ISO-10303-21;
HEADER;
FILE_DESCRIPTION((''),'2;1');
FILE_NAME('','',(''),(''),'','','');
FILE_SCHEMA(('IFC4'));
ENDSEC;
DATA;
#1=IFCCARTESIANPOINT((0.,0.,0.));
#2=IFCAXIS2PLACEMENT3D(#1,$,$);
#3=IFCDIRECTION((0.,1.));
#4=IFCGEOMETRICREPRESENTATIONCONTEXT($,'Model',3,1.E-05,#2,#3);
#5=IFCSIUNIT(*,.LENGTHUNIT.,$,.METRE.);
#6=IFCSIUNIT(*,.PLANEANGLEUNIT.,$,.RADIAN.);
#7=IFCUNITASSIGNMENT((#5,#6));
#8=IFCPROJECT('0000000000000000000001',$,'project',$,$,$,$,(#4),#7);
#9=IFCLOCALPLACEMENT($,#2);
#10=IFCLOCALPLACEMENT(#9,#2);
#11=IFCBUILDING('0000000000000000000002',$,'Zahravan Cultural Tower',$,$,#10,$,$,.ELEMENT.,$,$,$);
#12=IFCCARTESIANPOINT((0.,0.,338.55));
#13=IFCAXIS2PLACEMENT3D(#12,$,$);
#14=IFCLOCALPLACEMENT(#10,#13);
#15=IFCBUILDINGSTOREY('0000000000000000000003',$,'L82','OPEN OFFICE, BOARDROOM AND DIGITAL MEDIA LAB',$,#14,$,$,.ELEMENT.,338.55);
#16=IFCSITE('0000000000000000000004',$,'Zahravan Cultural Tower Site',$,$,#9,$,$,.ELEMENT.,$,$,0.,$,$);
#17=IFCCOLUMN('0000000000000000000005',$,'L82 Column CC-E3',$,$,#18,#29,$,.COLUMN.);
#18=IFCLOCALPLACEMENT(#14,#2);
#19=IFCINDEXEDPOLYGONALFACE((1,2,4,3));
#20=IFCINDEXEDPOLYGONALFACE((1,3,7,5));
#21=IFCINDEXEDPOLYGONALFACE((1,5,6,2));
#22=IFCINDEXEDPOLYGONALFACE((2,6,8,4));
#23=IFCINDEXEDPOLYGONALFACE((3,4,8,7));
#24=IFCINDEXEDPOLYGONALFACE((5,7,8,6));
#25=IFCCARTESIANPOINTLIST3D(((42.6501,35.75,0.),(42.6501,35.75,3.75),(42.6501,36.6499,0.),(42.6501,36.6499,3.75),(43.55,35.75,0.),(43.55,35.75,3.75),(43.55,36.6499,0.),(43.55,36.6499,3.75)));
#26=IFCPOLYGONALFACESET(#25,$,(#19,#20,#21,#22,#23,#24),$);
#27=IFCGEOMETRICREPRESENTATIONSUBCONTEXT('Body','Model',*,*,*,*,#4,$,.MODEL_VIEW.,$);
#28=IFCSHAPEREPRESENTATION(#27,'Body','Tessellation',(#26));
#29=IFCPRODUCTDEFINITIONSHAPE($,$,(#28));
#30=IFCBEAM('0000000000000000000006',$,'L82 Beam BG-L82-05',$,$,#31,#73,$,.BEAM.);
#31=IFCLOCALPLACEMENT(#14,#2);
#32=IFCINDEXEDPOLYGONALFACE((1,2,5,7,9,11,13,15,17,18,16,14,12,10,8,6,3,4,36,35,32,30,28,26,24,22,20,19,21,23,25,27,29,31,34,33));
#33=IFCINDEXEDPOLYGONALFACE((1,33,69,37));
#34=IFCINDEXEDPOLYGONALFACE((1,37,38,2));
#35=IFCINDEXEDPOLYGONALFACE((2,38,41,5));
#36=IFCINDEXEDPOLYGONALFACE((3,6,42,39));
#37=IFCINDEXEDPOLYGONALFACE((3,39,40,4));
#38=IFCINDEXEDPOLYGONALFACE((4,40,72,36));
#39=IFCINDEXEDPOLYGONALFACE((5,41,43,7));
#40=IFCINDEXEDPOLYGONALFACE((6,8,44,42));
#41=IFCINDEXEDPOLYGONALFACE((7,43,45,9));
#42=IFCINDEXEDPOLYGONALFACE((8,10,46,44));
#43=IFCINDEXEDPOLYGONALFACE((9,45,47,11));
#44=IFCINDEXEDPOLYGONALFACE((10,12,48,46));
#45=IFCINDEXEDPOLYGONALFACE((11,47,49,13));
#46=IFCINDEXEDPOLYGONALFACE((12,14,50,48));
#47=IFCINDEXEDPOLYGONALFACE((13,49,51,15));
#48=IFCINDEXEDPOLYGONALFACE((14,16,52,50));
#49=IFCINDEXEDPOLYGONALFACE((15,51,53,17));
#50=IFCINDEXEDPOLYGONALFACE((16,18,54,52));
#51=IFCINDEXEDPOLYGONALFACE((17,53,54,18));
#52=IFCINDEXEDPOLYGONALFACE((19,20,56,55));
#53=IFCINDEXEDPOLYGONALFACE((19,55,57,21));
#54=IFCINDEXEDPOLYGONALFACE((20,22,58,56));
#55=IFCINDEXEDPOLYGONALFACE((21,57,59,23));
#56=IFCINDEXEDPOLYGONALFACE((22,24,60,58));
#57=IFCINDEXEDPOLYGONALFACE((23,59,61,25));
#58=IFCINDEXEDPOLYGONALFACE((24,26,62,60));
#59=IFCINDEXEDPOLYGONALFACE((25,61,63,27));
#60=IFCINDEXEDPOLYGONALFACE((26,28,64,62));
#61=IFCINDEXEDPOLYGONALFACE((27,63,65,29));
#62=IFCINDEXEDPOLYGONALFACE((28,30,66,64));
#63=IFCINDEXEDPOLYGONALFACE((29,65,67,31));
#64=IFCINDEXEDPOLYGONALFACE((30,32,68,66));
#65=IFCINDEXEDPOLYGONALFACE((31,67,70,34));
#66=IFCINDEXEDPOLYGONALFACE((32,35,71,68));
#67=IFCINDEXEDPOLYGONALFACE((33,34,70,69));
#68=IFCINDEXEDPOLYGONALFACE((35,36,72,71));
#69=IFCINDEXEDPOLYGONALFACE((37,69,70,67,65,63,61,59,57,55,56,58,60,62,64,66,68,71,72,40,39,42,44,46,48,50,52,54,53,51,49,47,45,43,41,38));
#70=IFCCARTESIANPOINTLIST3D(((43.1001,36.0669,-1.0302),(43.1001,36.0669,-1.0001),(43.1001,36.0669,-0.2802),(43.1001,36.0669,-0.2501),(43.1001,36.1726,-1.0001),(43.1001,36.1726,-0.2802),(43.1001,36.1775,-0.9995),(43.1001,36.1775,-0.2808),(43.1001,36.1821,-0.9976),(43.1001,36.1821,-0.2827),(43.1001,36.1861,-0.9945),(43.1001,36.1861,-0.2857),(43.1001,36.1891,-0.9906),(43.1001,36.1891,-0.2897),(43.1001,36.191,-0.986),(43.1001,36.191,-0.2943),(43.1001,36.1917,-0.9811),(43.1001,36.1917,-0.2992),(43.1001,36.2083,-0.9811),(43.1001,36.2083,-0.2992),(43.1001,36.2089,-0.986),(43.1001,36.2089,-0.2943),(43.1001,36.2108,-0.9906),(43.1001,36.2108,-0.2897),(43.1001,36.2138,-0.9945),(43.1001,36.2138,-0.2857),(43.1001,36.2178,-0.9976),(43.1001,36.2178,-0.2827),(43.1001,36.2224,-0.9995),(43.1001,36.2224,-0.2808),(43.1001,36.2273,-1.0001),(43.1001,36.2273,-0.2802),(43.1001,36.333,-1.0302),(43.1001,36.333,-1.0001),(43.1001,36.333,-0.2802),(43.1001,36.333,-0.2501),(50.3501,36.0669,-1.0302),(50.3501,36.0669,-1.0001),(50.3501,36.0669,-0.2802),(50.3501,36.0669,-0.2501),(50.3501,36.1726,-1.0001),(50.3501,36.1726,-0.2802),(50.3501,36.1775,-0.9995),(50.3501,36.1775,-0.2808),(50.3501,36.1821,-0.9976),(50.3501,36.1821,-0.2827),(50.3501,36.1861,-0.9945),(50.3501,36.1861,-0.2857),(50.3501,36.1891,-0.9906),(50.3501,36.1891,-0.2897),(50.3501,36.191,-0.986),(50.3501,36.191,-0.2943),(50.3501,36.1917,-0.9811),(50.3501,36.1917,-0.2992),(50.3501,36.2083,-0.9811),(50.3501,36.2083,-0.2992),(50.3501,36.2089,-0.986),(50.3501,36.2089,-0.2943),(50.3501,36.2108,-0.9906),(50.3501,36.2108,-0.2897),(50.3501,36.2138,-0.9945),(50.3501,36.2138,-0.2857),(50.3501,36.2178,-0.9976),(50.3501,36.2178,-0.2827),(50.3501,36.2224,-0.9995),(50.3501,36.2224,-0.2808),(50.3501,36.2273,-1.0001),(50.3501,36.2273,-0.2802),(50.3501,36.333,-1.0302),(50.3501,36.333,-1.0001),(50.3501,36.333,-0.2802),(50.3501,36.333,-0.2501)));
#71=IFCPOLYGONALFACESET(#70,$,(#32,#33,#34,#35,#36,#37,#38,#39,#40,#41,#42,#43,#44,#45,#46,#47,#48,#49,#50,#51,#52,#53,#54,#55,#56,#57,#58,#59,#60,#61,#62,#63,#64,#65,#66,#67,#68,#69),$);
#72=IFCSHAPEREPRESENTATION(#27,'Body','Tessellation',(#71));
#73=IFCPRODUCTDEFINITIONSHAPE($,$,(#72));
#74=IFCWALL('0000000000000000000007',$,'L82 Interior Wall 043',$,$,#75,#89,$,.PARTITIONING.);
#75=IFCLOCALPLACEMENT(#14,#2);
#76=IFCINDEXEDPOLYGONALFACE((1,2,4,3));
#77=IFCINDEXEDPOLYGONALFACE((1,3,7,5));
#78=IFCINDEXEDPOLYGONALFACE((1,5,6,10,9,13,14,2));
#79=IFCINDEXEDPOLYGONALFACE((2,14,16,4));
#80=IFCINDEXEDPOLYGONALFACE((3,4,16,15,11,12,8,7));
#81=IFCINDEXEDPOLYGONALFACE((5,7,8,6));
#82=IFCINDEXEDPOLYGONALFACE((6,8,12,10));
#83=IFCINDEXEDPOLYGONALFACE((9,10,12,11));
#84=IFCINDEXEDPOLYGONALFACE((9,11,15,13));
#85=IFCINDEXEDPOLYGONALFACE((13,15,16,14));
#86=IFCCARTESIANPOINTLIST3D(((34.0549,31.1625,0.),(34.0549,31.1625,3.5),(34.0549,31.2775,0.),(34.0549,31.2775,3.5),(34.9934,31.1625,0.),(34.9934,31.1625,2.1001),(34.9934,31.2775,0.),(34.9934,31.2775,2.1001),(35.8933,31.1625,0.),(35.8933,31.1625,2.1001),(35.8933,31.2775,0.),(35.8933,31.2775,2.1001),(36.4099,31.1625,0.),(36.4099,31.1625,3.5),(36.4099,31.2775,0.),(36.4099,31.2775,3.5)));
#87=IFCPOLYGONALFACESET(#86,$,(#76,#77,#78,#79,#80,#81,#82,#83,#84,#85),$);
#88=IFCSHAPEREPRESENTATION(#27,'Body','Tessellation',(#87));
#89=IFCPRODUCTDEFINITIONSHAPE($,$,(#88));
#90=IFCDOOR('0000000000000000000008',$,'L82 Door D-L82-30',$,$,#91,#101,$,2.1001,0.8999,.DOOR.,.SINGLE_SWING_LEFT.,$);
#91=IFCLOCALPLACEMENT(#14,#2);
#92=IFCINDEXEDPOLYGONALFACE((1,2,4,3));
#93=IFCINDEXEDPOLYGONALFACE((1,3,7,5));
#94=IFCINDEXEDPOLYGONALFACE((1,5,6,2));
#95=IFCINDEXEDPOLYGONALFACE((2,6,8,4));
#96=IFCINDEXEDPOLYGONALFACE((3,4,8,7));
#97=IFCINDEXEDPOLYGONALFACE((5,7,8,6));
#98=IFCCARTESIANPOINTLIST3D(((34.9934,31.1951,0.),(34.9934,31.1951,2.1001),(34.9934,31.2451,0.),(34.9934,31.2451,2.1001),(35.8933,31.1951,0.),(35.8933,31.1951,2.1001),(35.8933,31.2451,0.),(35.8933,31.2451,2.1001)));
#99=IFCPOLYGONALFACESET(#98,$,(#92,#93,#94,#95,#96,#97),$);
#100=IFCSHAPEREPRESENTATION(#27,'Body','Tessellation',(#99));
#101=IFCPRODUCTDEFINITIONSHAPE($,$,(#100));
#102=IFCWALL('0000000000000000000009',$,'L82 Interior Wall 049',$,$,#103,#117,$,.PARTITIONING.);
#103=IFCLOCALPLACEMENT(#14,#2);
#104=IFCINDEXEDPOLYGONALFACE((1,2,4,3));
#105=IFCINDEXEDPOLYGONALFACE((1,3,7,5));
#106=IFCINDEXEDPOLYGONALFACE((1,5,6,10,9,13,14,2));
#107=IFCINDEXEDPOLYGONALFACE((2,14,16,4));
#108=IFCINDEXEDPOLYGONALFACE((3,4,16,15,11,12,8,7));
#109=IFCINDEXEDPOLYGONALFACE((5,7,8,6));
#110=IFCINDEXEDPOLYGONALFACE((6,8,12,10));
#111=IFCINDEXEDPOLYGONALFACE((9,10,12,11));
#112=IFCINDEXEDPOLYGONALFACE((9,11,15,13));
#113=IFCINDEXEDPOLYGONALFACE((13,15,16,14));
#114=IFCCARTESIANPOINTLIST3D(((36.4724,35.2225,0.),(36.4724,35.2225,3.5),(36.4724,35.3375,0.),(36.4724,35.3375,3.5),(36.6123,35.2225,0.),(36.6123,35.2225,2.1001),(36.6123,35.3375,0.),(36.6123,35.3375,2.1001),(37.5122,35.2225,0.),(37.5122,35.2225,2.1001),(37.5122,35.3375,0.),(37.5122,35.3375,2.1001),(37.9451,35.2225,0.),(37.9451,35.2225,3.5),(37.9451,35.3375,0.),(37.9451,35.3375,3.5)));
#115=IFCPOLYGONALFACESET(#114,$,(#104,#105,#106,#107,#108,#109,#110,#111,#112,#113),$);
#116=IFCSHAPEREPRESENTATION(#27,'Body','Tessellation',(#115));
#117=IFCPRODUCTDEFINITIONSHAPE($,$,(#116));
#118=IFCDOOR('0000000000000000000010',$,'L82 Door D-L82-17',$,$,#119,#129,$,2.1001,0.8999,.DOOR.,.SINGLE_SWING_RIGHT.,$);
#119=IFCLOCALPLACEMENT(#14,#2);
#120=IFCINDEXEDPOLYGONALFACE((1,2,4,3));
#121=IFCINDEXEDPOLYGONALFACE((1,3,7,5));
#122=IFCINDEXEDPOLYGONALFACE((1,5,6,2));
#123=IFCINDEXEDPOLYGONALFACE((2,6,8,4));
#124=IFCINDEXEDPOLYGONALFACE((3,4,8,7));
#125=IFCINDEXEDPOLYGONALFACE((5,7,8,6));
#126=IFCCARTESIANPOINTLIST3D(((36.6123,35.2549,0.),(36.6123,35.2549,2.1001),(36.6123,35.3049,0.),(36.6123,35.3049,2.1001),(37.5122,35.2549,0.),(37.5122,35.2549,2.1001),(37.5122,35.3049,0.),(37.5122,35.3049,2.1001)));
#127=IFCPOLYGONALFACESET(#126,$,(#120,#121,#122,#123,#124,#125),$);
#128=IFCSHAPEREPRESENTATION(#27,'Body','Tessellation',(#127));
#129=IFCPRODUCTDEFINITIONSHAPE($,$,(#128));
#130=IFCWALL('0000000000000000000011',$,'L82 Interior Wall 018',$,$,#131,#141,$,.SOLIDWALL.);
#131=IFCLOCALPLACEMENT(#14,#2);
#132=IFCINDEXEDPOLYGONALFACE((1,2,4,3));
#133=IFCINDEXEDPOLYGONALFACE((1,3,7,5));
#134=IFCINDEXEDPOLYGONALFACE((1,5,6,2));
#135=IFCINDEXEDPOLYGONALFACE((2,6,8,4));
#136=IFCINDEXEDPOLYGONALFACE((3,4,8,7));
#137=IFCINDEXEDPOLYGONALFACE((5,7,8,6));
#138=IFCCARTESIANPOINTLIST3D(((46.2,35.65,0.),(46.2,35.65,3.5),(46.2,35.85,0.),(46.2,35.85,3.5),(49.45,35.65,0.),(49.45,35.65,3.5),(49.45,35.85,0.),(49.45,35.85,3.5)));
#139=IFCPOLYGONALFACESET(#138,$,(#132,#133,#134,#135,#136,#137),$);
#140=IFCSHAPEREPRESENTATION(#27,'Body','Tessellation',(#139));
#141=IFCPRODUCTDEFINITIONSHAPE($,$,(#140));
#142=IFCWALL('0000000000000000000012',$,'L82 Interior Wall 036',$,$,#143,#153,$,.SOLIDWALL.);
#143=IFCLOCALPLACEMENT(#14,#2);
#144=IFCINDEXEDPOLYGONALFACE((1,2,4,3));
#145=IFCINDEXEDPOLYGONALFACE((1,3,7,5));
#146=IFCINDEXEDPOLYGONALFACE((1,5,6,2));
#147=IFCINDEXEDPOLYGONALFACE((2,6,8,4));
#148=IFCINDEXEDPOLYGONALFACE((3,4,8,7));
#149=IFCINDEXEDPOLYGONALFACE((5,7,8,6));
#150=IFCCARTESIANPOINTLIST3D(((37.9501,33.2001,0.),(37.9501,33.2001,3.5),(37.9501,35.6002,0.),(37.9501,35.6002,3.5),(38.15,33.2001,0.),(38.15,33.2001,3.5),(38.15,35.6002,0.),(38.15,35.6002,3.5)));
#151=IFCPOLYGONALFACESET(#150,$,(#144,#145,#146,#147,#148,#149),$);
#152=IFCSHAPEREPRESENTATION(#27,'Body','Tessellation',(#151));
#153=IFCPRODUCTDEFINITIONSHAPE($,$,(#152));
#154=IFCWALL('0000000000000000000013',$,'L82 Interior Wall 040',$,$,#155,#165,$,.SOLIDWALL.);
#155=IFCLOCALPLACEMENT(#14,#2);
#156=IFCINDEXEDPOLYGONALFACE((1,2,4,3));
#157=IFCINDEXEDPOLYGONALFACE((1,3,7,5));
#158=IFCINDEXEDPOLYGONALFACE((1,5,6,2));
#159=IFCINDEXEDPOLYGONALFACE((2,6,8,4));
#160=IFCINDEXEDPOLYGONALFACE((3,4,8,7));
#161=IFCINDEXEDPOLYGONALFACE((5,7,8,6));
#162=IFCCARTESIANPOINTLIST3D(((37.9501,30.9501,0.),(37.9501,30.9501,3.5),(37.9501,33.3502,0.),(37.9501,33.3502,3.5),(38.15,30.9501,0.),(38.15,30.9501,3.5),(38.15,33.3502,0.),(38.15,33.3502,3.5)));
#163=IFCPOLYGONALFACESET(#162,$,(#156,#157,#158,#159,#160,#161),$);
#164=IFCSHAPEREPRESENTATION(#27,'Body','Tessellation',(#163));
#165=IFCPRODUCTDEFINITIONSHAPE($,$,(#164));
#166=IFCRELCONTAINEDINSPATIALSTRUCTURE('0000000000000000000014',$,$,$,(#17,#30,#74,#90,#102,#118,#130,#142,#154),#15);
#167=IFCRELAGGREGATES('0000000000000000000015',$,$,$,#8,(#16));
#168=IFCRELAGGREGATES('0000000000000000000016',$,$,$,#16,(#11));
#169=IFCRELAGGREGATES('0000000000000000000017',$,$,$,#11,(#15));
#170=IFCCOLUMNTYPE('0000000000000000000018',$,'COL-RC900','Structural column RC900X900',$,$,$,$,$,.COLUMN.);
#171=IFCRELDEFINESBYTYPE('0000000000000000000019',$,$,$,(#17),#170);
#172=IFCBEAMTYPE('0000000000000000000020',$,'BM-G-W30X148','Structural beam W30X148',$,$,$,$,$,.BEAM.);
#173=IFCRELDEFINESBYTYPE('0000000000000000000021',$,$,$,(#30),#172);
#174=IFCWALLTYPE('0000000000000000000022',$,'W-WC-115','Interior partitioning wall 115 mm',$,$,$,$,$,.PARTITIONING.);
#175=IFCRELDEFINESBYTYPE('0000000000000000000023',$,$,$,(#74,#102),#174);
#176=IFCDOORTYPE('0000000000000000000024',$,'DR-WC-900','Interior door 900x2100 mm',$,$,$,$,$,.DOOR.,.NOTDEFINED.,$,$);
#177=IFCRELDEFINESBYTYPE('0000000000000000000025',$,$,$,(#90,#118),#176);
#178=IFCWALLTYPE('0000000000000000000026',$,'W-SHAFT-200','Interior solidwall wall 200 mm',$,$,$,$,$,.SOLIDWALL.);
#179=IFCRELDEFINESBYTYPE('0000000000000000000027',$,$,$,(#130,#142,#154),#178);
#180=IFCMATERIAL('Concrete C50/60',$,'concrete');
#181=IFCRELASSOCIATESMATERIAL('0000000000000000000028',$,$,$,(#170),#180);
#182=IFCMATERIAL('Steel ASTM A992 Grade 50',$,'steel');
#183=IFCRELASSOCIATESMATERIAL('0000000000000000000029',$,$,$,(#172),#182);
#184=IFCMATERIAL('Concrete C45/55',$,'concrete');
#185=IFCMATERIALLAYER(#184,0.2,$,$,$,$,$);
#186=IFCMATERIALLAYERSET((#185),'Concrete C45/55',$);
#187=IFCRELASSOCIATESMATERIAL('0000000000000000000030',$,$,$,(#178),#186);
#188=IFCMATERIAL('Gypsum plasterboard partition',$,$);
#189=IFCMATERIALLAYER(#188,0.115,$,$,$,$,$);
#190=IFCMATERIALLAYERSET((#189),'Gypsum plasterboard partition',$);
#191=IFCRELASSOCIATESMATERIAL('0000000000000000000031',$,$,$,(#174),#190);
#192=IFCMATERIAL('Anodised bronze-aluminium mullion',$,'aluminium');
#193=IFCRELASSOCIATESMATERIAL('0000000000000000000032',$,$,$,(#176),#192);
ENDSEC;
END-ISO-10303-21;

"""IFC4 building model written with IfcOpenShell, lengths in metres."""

from ifc_helpers import new_model, si_unit, direction, frame, frame_2d, origin, origin_2d, place, context, subcontext, project, spatial, rectangle, i_section, extrude, source, transform, mapped, material, layer, layer_set, material_profile, profile_set, type_object, element, fill, save


model = new_model("IFC4")

# Units and contexts
model_context = context("Model", 3, precision=1e-05, world=origin(), true_north=direction((0.0, 1.0)))
body_context = subcontext(model_context, "Body", "Model", "MODEL_VIEW")
ifc_project = project(units=[si_unit("LENGTHUNIT", "METRE"), si_unit("PLANEANGLEUNIT", "RADIAN")], contexts=[model_context])

# Site, building, storey
site_placement = place(None, origin())
site = spatial("IfcSite", under=ifc_project, at=site_placement, Name="Zahravan Cultural Tower Site", CompositionType="ELEMENT", RefElevation=0.0)
building_placement = place(site_placement, origin())
building = spatial("IfcBuilding", under=site, at=building_placement, Name="Zahravan Cultural Tower", CompositionType="ELEMENT")
storey_placement = place(building_placement, frame((0.0, 0.0, 338.55)))
storey = spatial("IfcBuildingStorey", under=building, at=storey_placement, Name="L82", Description="OPEN OFFICE, BOARDROOM AND DIGITAL MEDIA LAB", CompositionType="ELEMENT", Elevation=338.55)

# Column
ifc_material_1 = material(Name="Concrete C50/60", Category="concrete")
ifc_material_profile_1 = material_profile(ifc_material_1, rectangle(XDim=0.8999, YDim=0.8999, at=origin_2d()), Name="RC900X900")
ifc_profile_set_1 = profile_set([ifc_material_profile_1], Name="Concrete C50/60")
column_type = type_object("IfcColumnType", Name="COL-RC900", Description="Structural column RC900X900", PredefinedType="COLUMN", material=ifc_profile_set_1)
shared_shape_1 = source(origin(), body_context, "Body", "SweptSolid", [
    extrude(rectangle(XDim=0.8999, YDim=0.8999, at=origin_2d()), origin(), (0.0, 0.0, 1.0), 3.75),
])
column_placement = place(storey_placement, frame((43.1001, 36.2, 0.0), z_axis=(0.0, 0.0, 1.0), x_axis=(1.0, 0.0, 0.0)))
element("IfcColumn", 1, at=column_placement, inside=storey, type_object=column_type, Name="L82 Column CC-E3", PredefinedType="COLUMN", context=body_context, shape_type="MappedRepresentation", body=[
    mapped(shared_shape_1, transform((0.0, 0.0, 0.0), x_axis=(1.0, 0.0, 0.0), y_axis=(0.0, 1.0, 0.0), z_axis=(0.0, 0.0, 1.0), scale=1.0)),
])

# Beam
ifc_material_2 = material(Name="Steel ASTM A992 Grade 50", Category="steel")
ifc_material_profile_2 = material_profile(ifc_material_2, i_section(OverallWidth=0.2661, OverallDepth=0.78, WebThickness=0.0166, FlangeThickness=0.03, FilletRadius=0.019, at=origin_2d()), Name="W30X148")
ifc_profile_set_2 = profile_set([ifc_material_profile_2], Name="Steel ASTM A992 Grade 50")
beam_type = type_object("IfcBeamType", Name="BM-G-W30X148", Description="Structural beam W30X148", PredefinedType="BEAM", material=ifc_profile_set_2)
shared_shape_2 = source(origin(), body_context, "Body", "SweptSolid", [
    extrude(i_section(OverallWidth=0.2661, OverallDepth=0.78, WebThickness=0.0166, FlangeThickness=0.03, FilletRadius=0.019, at=origin_2d()), origin(), (0.0, 0.0, 1.0), 7.25),
])
beam_placement = place(storey_placement, frame((43.1001, 36.2, -0.6401), z_axis=(1.0, 0.0, 0.0), x_axis=(0.0, 1.0, 0.0)))
element("IfcBeam", 2, at=beam_placement, inside=storey, type_object=beam_type, Name="L82 Beam BG-L82-05", PredefinedType="BEAM", context=body_context, shape_type="MappedRepresentation", body=[
    mapped(shared_shape_2, transform((0.0, 0.0, 0.0), x_axis=(1.0, 0.0, 0.0), y_axis=(0.0, 1.0, 0.0), z_axis=(0.0, 0.0, 1.0), scale=1.0)),
])

# Walls, openings, doors
ifc_material_3 = material(Name="Concrete C45/55", Category="concrete")
ifc_layer_1 = layer(ifc_material_3, 0.2)
ifc_layer_set_1 = layer_set([ifc_layer_1], Name="Concrete C45/55")
wall_type_1 = type_object("IfcWallType", Name="W-SHAFT-200", Description="Interior solidwall wall 200 mm", PredefinedType="SOLIDWALL", material=ifc_layer_set_1)
ifc_material_4 = material(Name="Gypsum plasterboard partition")
ifc_layer_2 = layer(ifc_material_4, 0.115)
ifc_layer_set_2 = layer_set([ifc_layer_2], Name="Gypsum plasterboard partition")
wall_type_2 = type_object("IfcWallType", Name="W-WC-115", Description="Interior partitioning wall 115 mm", PredefinedType="PARTITIONING", material=ifc_layer_set_2)
wall_1_placement = place(storey_placement, frame((36.4099, 31.22, 0.0), z_axis=(0.0, 0.0, 1.0), x_axis=(-1.0, 0.0, 0.0)))
wall_1 = element("IfcWall", 3, at=wall_1_placement, inside=storey, type_object=wall_type_2, Name="L82 Interior Wall 043", PredefinedType="PARTITIONING", context=body_context, shape_type="SweptSolid", body=[
    extrude(rectangle(XDim=2.355, YDim=0.115, at=frame_2d((1.1775, 0.0))), origin(), (0.0, 0.0, 1.0), 3.5),
])
opening_1_placement = place(wall_1_placement, frame((0.5166, 0.0, 0.0)))
opening_1 = element("IfcOpeningElement", 4, at=opening_1_placement, cuts=wall_1, PredefinedType="OPENING", context=body_context, shape_type="SweptSolid", body=[
    extrude(rectangle(XDim=0.8999, YDim=2.1001, at=frame_2d((0.45, 1.05))), frame((0.0, 0.0674, 0.0), z_axis=(0.0, -1.0, 0.0), x_axis=(1.0, 0.0, 0.0)), (0.0, 0.0, 1.0), 0.135),
])
ifc_material_5 = material(Name="Anodised bronze-aluminium mullion", Category="aluminium")
door_type_1 = type_object("IfcDoorType", Name="DR-WC-900", Description="Interior door 900x2100 mm", OperationType="NOTDEFINED", PredefinedType="DOOR", material=ifc_material_5)
shared_shape_3 = source(origin(), body_context, "Body", "SweptSolid", [
    extrude(rectangle(XDim=0.8999, YDim=2.1001, at=frame_2d((0.45, 1.05))), frame((0.0, 0.0249, 0.0), z_axis=(0.0, -1.0, 0.0), x_axis=(1.0, 0.0, 0.0)), (0.0, 0.0, 1.0), 0.05),
])
door_1_placement = place(opening_1_placement, origin())
door_1 = element("IfcDoor", 5, at=door_1_placement, inside=storey, type_object=door_type_1, Name="L82 Door D-L82-30", OperationType="SINGLE_SWING_LEFT", OverallHeight=2.1001, OverallWidth=0.8999, PredefinedType="DOOR", context=body_context, shape_type="MappedRepresentation", body=[
    mapped(shared_shape_3, transform((0.0, 0.0, 0.0), x_axis=(1.0, 0.0, 0.0), y_axis=(0.0, 1.0, 0.0), z_axis=(0.0, 0.0, 1.0), scale=1.0)),
])
fill(opening_1, door_1)
wall_2_placement = place(storey_placement, frame((36.4724, 35.28, 0.0), z_axis=(0.0, 0.0, 1.0), x_axis=(1.0, 0.0, 0.0)))
wall_2 = element("IfcWall", 6, at=wall_2_placement, inside=storey, type_object=wall_type_2, Name="L82 Interior Wall 049", PredefinedType="PARTITIONING", context=body_context, shape_type="SweptSolid", body=[
    extrude(rectangle(XDim=1.4727, YDim=0.115, at=frame_2d((0.7363, 0.0))), origin(), (0.0, 0.0, 1.0), 3.5),
])
opening_2_placement = place(wall_2_placement, frame((0.1399, 0.0, 0.0)))
opening_2 = element("IfcOpeningElement", 7, at=opening_2_placement, cuts=wall_2, PredefinedType="OPENING", context=body_context, shape_type="SweptSolid", body=[
    extrude(rectangle(XDim=0.8999, YDim=2.1001, at=frame_2d((0.45, 1.05))), frame((0.0, 0.0674, 0.0), z_axis=(0.0, -1.0, 0.0), x_axis=(1.0, 0.0, 0.0)), (0.0, 0.0, 1.0), 0.135),
])
door_2_placement = place(opening_2_placement, origin())
door_2 = element("IfcDoor", 8, at=door_2_placement, inside=storey, type_object=door_type_1, Name="L82 Door D-L82-17", OperationType="SINGLE_SWING_RIGHT", OverallHeight=2.1001, OverallWidth=0.8999, PredefinedType="DOOR", context=body_context, shape_type="MappedRepresentation", body=[
    mapped(shared_shape_3, transform((0.0, 0.0, 0.0), x_axis=(1.0, 0.0, 0.0), y_axis=(0.0, 1.0, 0.0), z_axis=(0.0, 0.0, 1.0), scale=1.0)),
])
fill(opening_2, door_2)

# Walls
shared_shape_4 = source(origin(), body_context, "Body", "SweptSolid", [
    extrude(rectangle(XDim=3.25, YDim=0.2, at=frame_2d((1.625, 0.0))), origin(), (0.0, 0.0, 1.0), 3.5),
])
wall_3_placement = place(storey_placement, frame((46.2, 35.75, 0.0), z_axis=(0.0, 0.0, 1.0), x_axis=(1.0, 0.0, 0.0)))
element("IfcWall", 9, at=wall_3_placement, inside=storey, type_object=wall_type_1, Name="L82 Interior Wall 018", PredefinedType="SOLIDWALL", context=body_context, shape_type="MappedRepresentation", body=[
    mapped(shared_shape_4, transform((0.0, 0.0, 0.0), x_axis=(1.0, 0.0, 0.0), y_axis=(0.0, 1.0, 0.0), z_axis=(0.0, 0.0, 1.0), scale=1.0)),
])
shared_shape_5 = source(origin(), body_context, "Body", "SweptSolid", [
    extrude(rectangle(XDim=2.4001, YDim=0.2, at=frame_2d((1.2002, 0.0))), origin(), (0.0, 0.0, 1.0), 3.5),
])
for number, where, z_axis, x_axis, name in (
    (10, (38.05, 33.2, 0.0), (0.0, 0.0, 1.0), (0.0, 1.0, 0.0), "L82 Interior Wall 036"),
    (11, (38.05, 30.95, 0.0), (0.0, 0.0, 1.0), (0.0, 1.0, 0.0), "L82 Interior Wall 040"),
):
    element("IfcWall", number, at=place(storey_placement, frame(where, z_axis=z_axis, x_axis=x_axis)), inside=storey, type_object=wall_type_1, Name=name, PredefinedType="SOLIDWALL", context=body_context, shape_type="MappedRepresentation", body=[
        mapped(shared_shape_5, transform((0.0, 0.0, 0.0), x_axis=(1.0, 0.0, 0.0), y_axis=(0.0, 1.0, 0.0), z_axis=(0.0, 0.0, 1.0), scale=1.0)),
    ])

save(model, "model.ifc")
